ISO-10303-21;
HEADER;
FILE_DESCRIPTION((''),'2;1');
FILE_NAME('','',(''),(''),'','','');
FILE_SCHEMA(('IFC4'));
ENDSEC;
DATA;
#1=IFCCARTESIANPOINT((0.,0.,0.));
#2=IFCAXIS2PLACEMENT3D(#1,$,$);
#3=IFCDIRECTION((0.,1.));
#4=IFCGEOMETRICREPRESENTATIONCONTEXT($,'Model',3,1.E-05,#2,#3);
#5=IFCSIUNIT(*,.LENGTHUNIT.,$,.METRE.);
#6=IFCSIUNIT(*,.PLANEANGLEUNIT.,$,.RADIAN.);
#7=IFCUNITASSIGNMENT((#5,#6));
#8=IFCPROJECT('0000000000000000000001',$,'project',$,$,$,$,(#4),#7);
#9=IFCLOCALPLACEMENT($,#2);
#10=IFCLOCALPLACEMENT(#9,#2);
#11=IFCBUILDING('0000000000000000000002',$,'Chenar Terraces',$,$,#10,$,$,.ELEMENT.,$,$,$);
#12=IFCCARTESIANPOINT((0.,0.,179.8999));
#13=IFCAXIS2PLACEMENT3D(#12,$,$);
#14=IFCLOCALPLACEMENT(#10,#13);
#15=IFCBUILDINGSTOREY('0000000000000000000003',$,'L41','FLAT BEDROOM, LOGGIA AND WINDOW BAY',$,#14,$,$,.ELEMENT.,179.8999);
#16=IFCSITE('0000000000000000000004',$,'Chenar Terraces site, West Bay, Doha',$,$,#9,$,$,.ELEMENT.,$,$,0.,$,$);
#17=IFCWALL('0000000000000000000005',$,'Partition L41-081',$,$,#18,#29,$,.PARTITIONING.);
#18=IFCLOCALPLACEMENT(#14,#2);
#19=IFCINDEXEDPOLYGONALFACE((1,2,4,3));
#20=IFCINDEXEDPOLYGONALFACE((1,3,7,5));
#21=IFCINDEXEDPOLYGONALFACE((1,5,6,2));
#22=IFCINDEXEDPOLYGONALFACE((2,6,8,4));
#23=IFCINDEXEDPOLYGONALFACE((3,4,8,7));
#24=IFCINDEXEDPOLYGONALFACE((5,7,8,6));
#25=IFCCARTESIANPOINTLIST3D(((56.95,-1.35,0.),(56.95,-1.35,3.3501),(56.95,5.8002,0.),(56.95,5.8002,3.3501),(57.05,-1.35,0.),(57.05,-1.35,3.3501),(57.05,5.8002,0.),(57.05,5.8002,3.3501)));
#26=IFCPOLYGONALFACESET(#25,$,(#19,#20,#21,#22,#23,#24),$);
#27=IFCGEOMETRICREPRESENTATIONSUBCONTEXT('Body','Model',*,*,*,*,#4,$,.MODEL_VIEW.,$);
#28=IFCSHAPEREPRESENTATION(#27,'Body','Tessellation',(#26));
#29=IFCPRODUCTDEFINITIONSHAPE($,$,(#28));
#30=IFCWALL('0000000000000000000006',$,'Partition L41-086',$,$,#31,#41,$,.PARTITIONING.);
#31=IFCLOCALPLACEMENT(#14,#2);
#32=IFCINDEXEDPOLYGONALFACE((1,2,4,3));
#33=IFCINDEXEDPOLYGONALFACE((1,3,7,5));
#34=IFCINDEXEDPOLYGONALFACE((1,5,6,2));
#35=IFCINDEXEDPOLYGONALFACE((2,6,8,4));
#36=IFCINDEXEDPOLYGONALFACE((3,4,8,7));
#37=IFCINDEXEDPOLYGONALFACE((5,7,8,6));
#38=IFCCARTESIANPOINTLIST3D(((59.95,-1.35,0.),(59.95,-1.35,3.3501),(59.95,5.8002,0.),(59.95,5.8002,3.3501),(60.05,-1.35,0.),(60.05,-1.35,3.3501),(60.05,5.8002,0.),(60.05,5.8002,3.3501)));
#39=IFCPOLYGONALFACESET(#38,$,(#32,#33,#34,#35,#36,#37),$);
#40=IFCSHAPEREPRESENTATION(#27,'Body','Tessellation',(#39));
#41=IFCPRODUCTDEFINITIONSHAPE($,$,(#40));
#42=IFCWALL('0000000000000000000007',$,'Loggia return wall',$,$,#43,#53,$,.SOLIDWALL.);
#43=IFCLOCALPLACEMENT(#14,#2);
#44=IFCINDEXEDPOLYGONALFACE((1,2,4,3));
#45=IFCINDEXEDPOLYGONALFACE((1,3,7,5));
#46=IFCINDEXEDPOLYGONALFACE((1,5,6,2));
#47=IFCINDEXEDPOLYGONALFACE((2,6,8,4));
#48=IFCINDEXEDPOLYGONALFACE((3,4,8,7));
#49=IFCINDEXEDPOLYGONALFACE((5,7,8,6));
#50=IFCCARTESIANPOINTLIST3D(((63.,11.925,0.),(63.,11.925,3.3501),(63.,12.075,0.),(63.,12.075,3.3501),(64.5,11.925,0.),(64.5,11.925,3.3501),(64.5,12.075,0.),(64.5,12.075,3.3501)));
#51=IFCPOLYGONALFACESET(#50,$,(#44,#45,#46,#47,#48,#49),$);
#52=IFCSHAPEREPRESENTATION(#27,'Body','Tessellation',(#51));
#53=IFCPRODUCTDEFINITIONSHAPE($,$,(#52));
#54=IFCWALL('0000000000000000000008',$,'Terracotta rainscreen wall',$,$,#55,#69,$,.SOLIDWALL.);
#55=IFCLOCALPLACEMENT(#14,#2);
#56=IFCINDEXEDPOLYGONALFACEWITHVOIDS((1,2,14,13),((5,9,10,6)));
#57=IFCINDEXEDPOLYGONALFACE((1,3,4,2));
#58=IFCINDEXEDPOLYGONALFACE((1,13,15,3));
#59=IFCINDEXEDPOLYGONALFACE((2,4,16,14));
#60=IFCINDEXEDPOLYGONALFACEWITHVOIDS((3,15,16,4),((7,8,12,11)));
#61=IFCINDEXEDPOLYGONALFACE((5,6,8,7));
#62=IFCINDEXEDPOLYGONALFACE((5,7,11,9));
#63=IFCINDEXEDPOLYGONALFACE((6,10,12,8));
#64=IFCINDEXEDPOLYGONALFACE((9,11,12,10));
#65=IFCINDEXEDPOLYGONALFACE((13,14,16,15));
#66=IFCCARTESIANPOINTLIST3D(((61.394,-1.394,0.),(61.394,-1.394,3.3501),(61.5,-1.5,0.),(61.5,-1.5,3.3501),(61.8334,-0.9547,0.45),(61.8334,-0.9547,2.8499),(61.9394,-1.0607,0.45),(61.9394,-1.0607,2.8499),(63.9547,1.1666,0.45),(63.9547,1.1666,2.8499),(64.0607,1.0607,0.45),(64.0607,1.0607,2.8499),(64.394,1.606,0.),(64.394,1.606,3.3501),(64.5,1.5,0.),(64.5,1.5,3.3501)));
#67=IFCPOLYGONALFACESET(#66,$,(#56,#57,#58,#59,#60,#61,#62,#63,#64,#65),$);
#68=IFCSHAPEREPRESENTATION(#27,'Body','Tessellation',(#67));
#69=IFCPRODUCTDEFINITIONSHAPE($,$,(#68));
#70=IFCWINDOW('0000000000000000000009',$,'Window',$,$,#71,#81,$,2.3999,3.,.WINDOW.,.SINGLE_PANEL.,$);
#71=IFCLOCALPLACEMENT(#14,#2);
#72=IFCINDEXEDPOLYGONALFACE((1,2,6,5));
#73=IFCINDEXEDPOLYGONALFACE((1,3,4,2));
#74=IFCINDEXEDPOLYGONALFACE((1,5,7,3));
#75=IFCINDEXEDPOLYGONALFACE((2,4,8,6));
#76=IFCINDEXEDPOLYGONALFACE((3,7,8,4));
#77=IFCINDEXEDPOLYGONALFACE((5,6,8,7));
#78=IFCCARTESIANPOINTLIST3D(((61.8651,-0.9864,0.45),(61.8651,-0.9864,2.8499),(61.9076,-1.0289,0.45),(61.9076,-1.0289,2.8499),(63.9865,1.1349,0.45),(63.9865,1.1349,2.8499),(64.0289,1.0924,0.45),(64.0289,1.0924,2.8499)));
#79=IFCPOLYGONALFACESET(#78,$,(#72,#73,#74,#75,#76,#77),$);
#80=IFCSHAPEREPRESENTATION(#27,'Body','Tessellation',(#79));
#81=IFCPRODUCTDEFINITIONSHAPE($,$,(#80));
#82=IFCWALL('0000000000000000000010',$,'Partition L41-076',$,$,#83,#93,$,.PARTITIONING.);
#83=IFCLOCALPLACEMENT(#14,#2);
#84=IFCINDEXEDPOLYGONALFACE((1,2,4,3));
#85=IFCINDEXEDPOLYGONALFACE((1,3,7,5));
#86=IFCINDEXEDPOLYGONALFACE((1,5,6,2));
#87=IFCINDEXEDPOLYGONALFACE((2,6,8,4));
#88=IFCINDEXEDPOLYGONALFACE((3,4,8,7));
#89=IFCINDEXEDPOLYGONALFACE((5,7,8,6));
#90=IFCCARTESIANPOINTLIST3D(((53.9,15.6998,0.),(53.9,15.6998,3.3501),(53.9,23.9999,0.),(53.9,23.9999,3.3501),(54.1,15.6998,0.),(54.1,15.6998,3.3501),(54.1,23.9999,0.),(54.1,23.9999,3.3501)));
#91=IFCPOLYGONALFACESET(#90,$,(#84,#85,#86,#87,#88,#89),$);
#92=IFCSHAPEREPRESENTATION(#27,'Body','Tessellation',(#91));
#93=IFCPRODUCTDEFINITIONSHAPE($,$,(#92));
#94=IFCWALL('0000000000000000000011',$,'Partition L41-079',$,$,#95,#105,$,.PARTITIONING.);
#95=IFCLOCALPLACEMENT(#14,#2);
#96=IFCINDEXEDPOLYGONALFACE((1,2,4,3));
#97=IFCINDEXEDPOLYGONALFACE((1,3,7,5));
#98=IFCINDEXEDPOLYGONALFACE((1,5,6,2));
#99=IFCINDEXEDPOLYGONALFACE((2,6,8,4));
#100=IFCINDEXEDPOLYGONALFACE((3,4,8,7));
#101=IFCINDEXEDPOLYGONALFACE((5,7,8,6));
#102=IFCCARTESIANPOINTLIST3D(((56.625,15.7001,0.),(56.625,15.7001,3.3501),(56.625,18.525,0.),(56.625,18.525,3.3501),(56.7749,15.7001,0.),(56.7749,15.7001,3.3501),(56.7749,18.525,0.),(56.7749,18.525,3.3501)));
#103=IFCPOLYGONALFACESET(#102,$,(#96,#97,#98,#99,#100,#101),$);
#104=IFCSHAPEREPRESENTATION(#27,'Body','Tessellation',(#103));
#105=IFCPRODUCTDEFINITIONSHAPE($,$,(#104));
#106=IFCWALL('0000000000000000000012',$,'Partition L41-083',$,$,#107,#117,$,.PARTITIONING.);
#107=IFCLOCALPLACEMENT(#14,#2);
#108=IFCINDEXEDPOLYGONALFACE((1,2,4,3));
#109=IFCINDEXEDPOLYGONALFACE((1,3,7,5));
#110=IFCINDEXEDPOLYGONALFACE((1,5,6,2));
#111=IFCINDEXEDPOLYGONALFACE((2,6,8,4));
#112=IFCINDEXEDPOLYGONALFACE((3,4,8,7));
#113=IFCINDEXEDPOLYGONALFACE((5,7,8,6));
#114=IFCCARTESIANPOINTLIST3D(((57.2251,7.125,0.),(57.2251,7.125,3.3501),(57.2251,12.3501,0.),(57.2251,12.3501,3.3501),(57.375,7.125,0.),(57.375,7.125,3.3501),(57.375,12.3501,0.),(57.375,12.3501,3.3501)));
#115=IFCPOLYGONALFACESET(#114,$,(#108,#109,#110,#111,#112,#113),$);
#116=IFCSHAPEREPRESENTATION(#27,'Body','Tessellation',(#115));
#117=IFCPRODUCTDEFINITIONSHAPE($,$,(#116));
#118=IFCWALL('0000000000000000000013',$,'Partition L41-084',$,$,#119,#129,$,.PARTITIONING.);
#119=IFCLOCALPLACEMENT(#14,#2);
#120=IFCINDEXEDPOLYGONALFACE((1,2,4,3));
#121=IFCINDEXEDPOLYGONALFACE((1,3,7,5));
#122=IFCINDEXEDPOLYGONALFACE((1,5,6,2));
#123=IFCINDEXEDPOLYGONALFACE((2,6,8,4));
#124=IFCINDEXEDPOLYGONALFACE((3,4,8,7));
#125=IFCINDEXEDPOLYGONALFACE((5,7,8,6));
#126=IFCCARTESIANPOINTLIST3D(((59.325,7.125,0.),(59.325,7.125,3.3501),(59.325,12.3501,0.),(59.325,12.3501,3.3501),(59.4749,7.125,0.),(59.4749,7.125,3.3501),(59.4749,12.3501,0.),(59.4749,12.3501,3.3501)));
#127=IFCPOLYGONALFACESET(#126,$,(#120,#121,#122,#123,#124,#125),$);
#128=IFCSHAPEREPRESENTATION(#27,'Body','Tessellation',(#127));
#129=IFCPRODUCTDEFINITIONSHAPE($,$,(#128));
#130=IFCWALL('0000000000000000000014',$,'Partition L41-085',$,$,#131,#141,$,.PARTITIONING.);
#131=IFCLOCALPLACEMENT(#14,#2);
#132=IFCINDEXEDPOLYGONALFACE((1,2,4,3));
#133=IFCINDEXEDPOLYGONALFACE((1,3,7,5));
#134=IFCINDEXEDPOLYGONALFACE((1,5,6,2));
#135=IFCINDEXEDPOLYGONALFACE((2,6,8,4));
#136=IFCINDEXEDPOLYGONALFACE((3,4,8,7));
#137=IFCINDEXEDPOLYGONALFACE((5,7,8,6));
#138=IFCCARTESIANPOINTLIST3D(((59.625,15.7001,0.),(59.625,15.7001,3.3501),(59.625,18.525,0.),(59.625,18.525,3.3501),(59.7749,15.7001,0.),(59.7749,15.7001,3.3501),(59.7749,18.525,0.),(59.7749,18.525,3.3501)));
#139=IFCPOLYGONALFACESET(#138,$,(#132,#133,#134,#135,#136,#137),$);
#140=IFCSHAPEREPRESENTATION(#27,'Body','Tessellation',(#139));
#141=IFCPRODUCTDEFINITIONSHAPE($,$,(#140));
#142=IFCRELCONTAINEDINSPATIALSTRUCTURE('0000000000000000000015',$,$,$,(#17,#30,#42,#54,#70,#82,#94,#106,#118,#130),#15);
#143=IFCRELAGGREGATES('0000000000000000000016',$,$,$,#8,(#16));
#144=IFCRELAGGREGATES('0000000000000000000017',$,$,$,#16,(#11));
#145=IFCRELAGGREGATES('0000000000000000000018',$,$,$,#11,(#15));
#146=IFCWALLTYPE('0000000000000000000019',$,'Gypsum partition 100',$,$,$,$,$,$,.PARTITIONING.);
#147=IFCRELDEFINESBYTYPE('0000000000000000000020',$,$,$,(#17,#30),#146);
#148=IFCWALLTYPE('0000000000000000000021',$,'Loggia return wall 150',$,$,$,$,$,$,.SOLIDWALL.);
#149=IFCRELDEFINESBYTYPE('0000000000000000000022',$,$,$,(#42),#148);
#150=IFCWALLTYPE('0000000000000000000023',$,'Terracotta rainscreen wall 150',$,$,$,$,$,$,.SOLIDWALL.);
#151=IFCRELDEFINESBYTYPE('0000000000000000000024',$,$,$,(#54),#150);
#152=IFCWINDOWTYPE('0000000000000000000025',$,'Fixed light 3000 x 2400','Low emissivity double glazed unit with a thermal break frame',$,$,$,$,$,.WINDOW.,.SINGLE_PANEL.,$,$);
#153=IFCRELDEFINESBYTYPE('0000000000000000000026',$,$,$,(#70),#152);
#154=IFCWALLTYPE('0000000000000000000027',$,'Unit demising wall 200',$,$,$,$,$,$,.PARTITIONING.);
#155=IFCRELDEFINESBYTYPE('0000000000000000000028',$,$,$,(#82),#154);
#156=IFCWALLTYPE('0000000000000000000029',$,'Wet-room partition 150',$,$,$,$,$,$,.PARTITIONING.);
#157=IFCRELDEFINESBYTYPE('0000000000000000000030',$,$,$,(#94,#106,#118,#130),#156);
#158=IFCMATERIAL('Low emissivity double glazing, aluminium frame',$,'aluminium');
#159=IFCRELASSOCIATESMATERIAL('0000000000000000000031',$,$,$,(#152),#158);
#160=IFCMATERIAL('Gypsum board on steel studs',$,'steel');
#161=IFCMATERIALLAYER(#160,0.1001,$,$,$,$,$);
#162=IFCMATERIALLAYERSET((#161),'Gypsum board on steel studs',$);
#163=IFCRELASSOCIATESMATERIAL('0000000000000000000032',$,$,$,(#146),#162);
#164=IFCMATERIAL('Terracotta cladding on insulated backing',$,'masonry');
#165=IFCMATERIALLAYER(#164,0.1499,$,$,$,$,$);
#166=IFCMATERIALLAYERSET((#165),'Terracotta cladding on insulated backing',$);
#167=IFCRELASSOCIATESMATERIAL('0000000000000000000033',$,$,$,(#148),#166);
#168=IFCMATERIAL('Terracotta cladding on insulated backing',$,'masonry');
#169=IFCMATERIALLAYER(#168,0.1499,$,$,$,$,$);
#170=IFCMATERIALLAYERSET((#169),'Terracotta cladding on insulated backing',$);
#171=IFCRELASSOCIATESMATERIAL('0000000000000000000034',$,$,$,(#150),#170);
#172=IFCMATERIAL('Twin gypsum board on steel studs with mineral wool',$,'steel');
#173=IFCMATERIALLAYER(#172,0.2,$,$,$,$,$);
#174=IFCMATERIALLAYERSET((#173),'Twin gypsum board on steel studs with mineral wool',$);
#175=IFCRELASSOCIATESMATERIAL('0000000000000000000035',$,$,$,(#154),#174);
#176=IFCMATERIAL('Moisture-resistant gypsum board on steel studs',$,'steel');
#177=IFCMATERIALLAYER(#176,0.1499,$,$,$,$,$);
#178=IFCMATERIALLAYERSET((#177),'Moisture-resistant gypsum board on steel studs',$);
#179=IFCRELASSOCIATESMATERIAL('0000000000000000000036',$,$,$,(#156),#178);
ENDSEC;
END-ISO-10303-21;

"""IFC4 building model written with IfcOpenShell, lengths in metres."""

from ifc_helpers import new_model, si_unit, direction, frame, frame_2d, origin, place, context, subcontext, project, spatial, rectangle, extrude, material, layer, layer_set, type_object, element, fill, save


model = new_model("IFC4")

# Units and contexts
model_context = context("Model", 3, precision=1e-05, world=origin(), true_north=direction((0.0, 1.0)))
body_context = subcontext(model_context, "Body", "Model", "MODEL_VIEW")
ifc_project = project(units=[si_unit("LENGTHUNIT", "METRE"), si_unit("PLANEANGLEUNIT", "RADIAN")], contexts=[model_context])

# Site, building, storey
site_placement = place(None, origin())
site = spatial("IfcSite", under=ifc_project, at=site_placement, Name="Chenar Terraces site, West Bay, Doha", CompositionType="ELEMENT", RefElevation=0.0)
building_placement = place(site_placement, origin())
building = spatial("IfcBuilding", under=site, at=building_placement, Name="Chenar Terraces", CompositionType="ELEMENT")
storey_placement = place(building_placement, frame((0.0, 0.0, 179.8999)))
storey = spatial("IfcBuildingStorey", under=building, at=storey_placement, Name="L41", Description="FLAT BEDROOM, LOGGIA AND WINDOW BAY", CompositionType="ELEMENT", Elevation=179.8999)

# Shared definitions
ifc_material_1 = material(Name="Low emissivity double glazing, aluminium frame", Category="aluminium")
window_type_1 = type_object("IfcWindowType", Name="Fixed light 3000 x 2400", Description="Low emissivity double glazed unit with a thermal break frame", PartitioningType="SINGLE_PANEL", PredefinedType="WINDOW", material=ifc_material_1)

# Shared definitions
ifc_material_2 = material(Name="Gypsum board on steel studs", Category="steel")
ifc_layer_1 = layer(ifc_material_2, 0.1001)
ifc_layer_set_1 = layer_set([ifc_layer_1], Name="Gypsum board on steel studs")
wall_type_1 = type_object("IfcWallType", Name="Gypsum partition 100", PredefinedType="PARTITIONING", material=ifc_layer_set_1)

# Walls
for number, where, z_axis, x_axis, name in (
    (1, (57.0, -1.3501, 0.0), (0.0, 0.0, 1.0), (0.0, 1.0, 0.0), "Partition L41-081"),
    (2, (60.0, -1.3501, 0.0), (0.0, 0.0, 1.0), (0.0, 1.0, 0.0), "Partition L41-086"),
):
    element("IfcWall", number, at=place(storey_placement, frame(where, z_axis=z_axis, x_axis=x_axis)), inside=storey, type_object=wall_type_1, Name=name, PredefinedType="PARTITIONING", context=body_context, shape_type="SweptSolid", body=[
        extrude(rectangle(XDim=7.1501, YDim=0.1001, at=frame_2d((3.5752, 0.0))), origin(), (0.0, 0.0, 1.0), 3.3501),
    ])
ifc_material_3 = material(Name="Terracotta cladding on insulated backing", Category="masonry")
ifc_layer_2 = layer(ifc_material_3, 0.1499)
ifc_layer_set_2 = layer_set([ifc_layer_2], Name="Terracotta cladding on insulated backing")
wall_type_2 = type_object("IfcWallType", Name="Loggia return wall 150", PredefinedType="SOLIDWALL", material=ifc_layer_set_2)
wall_1_placement = place(storey_placement, frame((64.5, 12.0, 0.0), z_axis=(0.0, 0.0, 1.0), x_axis=(-1.0, 0.0, 0.0)))
element("IfcWall", 3, at=wall_1_placement, inside=storey, type_object=wall_type_2, Name="Loggia return wall", PredefinedType="SOLIDWALL", context=body_context, shape_type="SweptSolid", body=[
    extrude(rectangle(XDim=1.5, YDim=0.1499, at=frame_2d((0.75, 0.0))), origin(), (0.0, 0.0, 1.0), 3.3501),
])

# Wall, opening, window
ifc_material_4 = material(Name="Terracotta cladding on insulated backing", Category="masonry")
ifc_layer_3 = layer(ifc_material_4, 0.1499)
ifc_layer_set_3 = layer_set([ifc_layer_3], Name="Terracotta cladding on insulated backing")
wall_type_3 = type_object("IfcWallType", Name="Terracotta rainscreen wall 150", PredefinedType="SOLIDWALL", material=ifc_layer_set_3)
wall_2_placement = place(storey_placement, frame((61.447, -1.447, 0.0), z_axis=(0.0, 0.0, 1.0), x_axis=(0.707107, 0.707107, 0.0)))
wall_2 = element("IfcWall", 4, at=wall_2_placement, inside=storey, type_object=wall_type_3, Name="Terracotta rainscreen wall", PredefinedType="SOLIDWALL", context=body_context, shape_type="SweptSolid", body=[
    extrude(rectangle(XDim=4.2427, YDim=0.1499, at=frame_2d((2.1213, 0.0))), origin(), (0.0, 0.0, 1.0), 3.3501),
])
opening_1_placement = place(wall_2_placement, frame((0.6213, 0.0, 0.45)))
opening_1 = element("IfcOpeningElement", 5, at=opening_1_placement, cuts=wall_2, PredefinedType="OPENING", context=body_context, shape_type="SweptSolid", body=[
    extrude(rectangle(XDim=3.0, YDim=2.3999, at=frame_2d((1.5, 1.2))), frame((0.0, 0.085, 0.0), z_axis=(0.0, -1.0, 0.0), x_axis=(1.0, 0.0, 0.0)), (0.0, 0.0, 1.0), 0.1699),
])
window_1_placement = place(opening_1_placement, origin())
window_1 = element("IfcWindow", 6, at=window_1_placement, inside=storey, type_object=window_type_1, Name="Window", OverallHeight=2.3999, OverallWidth=3.0, PartitioningType="SINGLE_PANEL", PredefinedType="WINDOW", context=body_context, shape_type="SweptSolid", body=[
    extrude(rectangle(XDim=3.0, YDim=2.3999, at=frame_2d((1.5, 1.2))), frame((0.0, 0.03, 0.0), z_axis=(0.0, -1.0, 0.0), x_axis=(1.0, 0.0, 0.0)), (0.0, 0.0, 1.0), 0.0601),
])
fill(opening_1, window_1)

# Walls
ifc_material_5 = material(Name="Twin gypsum board on steel studs with mineral wool", Category="steel")
ifc_layer_4 = layer(ifc_material_5, 0.2)
ifc_layer_set_4 = layer_set([ifc_layer_4], Name="Twin gypsum board on steel studs with mineral wool")
wall_type_4 = type_object("IfcWallType", Name="Unit demising wall 200", PredefinedType="PARTITIONING", material=ifc_layer_set_4)
wall_3_placement = place(storey_placement, frame((54.0, 15.7, 0.0), z_axis=(0.0, 0.0, 1.0), x_axis=(0.0, 1.0, 0.0)))
element("IfcWall", 7, at=wall_3_placement, inside=storey, type_object=wall_type_4, Name="Partition L41-076", PredefinedType="PARTITIONING", context=body_context, shape_type="SweptSolid", body=[
    extrude(rectangle(XDim=8.3, YDim=0.2, at=frame_2d((4.1499, 0.0))), origin(), (0.0, 0.0, 1.0), 3.3501),
])
ifc_material_6 = material(Name="Moisture-resistant gypsum board on steel studs", Category="steel")
ifc_layer_5 = layer(ifc_material_6, 0.1499)
ifc_layer_set_5 = layer_set([ifc_layer_5], Name="Moisture-resistant gypsum board on steel studs")
wall_type_5 = type_object("IfcWallType", Name="Wet-room partition 150", PredefinedType="PARTITIONING", material=ifc_layer_set_5)
wall_4_placement = place(storey_placement, frame((56.7, 15.7, 0.0), z_axis=(0.0, 0.0, 1.0), x_axis=(0.0, 1.0, 0.0)))
element("IfcWall", 8, at=wall_4_placement, inside=storey, type_object=wall_type_5, Name="Partition L41-079", PredefinedType="PARTITIONING", context=body_context, shape_type="SweptSolid", body=[
    extrude(rectangle(XDim=2.825, YDim=0.1499, at=frame_2d((1.4126, 0.0))), origin(), (0.0, 0.0, 1.0), 3.3501),
])
for number, where, z_axis, x_axis, name in (
    (9, (57.3, 7.125, 0.0), (0.0, 0.0, 1.0), (0.0, 1.0, 0.0), "Partition L41-083"),
    (10, (59.3999, 7.125, 0.0), (0.0, 0.0, 1.0), (0.0, 1.0, 0.0), "Partition L41-084"),
):
    element("IfcWall", number, at=place(storey_placement, frame(where, z_axis=z_axis, x_axis=x_axis)), inside=storey, type_object=wall_type_5, Name=name, PredefinedType="PARTITIONING", context=body_context, shape_type="SweptSolid", body=[
        extrude(rectangle(XDim=5.2251, YDim=0.1499, at=frame_2d((2.6125, 0.0))), origin(), (0.0, 0.0, 1.0), 3.3501),
    ])
wall_5_placement = place(storey_placement, frame((59.7, 15.7, 0.0), z_axis=(0.0, 0.0, 1.0), x_axis=(0.0, 1.0, 0.0)))
element("IfcWall", 11, at=wall_5_placement, inside=storey, type_object=wall_type_5, Name="Partition L41-085", PredefinedType="PARTITIONING", context=body_context, shape_type="SweptSolid", body=[
    extrude(rectangle(XDim=2.825, YDim=0.1499, at=frame_2d((1.4126, 0.0))), origin(), (0.0, 0.0, 1.0), 3.3501),
])

save(model, "model.ifc")
